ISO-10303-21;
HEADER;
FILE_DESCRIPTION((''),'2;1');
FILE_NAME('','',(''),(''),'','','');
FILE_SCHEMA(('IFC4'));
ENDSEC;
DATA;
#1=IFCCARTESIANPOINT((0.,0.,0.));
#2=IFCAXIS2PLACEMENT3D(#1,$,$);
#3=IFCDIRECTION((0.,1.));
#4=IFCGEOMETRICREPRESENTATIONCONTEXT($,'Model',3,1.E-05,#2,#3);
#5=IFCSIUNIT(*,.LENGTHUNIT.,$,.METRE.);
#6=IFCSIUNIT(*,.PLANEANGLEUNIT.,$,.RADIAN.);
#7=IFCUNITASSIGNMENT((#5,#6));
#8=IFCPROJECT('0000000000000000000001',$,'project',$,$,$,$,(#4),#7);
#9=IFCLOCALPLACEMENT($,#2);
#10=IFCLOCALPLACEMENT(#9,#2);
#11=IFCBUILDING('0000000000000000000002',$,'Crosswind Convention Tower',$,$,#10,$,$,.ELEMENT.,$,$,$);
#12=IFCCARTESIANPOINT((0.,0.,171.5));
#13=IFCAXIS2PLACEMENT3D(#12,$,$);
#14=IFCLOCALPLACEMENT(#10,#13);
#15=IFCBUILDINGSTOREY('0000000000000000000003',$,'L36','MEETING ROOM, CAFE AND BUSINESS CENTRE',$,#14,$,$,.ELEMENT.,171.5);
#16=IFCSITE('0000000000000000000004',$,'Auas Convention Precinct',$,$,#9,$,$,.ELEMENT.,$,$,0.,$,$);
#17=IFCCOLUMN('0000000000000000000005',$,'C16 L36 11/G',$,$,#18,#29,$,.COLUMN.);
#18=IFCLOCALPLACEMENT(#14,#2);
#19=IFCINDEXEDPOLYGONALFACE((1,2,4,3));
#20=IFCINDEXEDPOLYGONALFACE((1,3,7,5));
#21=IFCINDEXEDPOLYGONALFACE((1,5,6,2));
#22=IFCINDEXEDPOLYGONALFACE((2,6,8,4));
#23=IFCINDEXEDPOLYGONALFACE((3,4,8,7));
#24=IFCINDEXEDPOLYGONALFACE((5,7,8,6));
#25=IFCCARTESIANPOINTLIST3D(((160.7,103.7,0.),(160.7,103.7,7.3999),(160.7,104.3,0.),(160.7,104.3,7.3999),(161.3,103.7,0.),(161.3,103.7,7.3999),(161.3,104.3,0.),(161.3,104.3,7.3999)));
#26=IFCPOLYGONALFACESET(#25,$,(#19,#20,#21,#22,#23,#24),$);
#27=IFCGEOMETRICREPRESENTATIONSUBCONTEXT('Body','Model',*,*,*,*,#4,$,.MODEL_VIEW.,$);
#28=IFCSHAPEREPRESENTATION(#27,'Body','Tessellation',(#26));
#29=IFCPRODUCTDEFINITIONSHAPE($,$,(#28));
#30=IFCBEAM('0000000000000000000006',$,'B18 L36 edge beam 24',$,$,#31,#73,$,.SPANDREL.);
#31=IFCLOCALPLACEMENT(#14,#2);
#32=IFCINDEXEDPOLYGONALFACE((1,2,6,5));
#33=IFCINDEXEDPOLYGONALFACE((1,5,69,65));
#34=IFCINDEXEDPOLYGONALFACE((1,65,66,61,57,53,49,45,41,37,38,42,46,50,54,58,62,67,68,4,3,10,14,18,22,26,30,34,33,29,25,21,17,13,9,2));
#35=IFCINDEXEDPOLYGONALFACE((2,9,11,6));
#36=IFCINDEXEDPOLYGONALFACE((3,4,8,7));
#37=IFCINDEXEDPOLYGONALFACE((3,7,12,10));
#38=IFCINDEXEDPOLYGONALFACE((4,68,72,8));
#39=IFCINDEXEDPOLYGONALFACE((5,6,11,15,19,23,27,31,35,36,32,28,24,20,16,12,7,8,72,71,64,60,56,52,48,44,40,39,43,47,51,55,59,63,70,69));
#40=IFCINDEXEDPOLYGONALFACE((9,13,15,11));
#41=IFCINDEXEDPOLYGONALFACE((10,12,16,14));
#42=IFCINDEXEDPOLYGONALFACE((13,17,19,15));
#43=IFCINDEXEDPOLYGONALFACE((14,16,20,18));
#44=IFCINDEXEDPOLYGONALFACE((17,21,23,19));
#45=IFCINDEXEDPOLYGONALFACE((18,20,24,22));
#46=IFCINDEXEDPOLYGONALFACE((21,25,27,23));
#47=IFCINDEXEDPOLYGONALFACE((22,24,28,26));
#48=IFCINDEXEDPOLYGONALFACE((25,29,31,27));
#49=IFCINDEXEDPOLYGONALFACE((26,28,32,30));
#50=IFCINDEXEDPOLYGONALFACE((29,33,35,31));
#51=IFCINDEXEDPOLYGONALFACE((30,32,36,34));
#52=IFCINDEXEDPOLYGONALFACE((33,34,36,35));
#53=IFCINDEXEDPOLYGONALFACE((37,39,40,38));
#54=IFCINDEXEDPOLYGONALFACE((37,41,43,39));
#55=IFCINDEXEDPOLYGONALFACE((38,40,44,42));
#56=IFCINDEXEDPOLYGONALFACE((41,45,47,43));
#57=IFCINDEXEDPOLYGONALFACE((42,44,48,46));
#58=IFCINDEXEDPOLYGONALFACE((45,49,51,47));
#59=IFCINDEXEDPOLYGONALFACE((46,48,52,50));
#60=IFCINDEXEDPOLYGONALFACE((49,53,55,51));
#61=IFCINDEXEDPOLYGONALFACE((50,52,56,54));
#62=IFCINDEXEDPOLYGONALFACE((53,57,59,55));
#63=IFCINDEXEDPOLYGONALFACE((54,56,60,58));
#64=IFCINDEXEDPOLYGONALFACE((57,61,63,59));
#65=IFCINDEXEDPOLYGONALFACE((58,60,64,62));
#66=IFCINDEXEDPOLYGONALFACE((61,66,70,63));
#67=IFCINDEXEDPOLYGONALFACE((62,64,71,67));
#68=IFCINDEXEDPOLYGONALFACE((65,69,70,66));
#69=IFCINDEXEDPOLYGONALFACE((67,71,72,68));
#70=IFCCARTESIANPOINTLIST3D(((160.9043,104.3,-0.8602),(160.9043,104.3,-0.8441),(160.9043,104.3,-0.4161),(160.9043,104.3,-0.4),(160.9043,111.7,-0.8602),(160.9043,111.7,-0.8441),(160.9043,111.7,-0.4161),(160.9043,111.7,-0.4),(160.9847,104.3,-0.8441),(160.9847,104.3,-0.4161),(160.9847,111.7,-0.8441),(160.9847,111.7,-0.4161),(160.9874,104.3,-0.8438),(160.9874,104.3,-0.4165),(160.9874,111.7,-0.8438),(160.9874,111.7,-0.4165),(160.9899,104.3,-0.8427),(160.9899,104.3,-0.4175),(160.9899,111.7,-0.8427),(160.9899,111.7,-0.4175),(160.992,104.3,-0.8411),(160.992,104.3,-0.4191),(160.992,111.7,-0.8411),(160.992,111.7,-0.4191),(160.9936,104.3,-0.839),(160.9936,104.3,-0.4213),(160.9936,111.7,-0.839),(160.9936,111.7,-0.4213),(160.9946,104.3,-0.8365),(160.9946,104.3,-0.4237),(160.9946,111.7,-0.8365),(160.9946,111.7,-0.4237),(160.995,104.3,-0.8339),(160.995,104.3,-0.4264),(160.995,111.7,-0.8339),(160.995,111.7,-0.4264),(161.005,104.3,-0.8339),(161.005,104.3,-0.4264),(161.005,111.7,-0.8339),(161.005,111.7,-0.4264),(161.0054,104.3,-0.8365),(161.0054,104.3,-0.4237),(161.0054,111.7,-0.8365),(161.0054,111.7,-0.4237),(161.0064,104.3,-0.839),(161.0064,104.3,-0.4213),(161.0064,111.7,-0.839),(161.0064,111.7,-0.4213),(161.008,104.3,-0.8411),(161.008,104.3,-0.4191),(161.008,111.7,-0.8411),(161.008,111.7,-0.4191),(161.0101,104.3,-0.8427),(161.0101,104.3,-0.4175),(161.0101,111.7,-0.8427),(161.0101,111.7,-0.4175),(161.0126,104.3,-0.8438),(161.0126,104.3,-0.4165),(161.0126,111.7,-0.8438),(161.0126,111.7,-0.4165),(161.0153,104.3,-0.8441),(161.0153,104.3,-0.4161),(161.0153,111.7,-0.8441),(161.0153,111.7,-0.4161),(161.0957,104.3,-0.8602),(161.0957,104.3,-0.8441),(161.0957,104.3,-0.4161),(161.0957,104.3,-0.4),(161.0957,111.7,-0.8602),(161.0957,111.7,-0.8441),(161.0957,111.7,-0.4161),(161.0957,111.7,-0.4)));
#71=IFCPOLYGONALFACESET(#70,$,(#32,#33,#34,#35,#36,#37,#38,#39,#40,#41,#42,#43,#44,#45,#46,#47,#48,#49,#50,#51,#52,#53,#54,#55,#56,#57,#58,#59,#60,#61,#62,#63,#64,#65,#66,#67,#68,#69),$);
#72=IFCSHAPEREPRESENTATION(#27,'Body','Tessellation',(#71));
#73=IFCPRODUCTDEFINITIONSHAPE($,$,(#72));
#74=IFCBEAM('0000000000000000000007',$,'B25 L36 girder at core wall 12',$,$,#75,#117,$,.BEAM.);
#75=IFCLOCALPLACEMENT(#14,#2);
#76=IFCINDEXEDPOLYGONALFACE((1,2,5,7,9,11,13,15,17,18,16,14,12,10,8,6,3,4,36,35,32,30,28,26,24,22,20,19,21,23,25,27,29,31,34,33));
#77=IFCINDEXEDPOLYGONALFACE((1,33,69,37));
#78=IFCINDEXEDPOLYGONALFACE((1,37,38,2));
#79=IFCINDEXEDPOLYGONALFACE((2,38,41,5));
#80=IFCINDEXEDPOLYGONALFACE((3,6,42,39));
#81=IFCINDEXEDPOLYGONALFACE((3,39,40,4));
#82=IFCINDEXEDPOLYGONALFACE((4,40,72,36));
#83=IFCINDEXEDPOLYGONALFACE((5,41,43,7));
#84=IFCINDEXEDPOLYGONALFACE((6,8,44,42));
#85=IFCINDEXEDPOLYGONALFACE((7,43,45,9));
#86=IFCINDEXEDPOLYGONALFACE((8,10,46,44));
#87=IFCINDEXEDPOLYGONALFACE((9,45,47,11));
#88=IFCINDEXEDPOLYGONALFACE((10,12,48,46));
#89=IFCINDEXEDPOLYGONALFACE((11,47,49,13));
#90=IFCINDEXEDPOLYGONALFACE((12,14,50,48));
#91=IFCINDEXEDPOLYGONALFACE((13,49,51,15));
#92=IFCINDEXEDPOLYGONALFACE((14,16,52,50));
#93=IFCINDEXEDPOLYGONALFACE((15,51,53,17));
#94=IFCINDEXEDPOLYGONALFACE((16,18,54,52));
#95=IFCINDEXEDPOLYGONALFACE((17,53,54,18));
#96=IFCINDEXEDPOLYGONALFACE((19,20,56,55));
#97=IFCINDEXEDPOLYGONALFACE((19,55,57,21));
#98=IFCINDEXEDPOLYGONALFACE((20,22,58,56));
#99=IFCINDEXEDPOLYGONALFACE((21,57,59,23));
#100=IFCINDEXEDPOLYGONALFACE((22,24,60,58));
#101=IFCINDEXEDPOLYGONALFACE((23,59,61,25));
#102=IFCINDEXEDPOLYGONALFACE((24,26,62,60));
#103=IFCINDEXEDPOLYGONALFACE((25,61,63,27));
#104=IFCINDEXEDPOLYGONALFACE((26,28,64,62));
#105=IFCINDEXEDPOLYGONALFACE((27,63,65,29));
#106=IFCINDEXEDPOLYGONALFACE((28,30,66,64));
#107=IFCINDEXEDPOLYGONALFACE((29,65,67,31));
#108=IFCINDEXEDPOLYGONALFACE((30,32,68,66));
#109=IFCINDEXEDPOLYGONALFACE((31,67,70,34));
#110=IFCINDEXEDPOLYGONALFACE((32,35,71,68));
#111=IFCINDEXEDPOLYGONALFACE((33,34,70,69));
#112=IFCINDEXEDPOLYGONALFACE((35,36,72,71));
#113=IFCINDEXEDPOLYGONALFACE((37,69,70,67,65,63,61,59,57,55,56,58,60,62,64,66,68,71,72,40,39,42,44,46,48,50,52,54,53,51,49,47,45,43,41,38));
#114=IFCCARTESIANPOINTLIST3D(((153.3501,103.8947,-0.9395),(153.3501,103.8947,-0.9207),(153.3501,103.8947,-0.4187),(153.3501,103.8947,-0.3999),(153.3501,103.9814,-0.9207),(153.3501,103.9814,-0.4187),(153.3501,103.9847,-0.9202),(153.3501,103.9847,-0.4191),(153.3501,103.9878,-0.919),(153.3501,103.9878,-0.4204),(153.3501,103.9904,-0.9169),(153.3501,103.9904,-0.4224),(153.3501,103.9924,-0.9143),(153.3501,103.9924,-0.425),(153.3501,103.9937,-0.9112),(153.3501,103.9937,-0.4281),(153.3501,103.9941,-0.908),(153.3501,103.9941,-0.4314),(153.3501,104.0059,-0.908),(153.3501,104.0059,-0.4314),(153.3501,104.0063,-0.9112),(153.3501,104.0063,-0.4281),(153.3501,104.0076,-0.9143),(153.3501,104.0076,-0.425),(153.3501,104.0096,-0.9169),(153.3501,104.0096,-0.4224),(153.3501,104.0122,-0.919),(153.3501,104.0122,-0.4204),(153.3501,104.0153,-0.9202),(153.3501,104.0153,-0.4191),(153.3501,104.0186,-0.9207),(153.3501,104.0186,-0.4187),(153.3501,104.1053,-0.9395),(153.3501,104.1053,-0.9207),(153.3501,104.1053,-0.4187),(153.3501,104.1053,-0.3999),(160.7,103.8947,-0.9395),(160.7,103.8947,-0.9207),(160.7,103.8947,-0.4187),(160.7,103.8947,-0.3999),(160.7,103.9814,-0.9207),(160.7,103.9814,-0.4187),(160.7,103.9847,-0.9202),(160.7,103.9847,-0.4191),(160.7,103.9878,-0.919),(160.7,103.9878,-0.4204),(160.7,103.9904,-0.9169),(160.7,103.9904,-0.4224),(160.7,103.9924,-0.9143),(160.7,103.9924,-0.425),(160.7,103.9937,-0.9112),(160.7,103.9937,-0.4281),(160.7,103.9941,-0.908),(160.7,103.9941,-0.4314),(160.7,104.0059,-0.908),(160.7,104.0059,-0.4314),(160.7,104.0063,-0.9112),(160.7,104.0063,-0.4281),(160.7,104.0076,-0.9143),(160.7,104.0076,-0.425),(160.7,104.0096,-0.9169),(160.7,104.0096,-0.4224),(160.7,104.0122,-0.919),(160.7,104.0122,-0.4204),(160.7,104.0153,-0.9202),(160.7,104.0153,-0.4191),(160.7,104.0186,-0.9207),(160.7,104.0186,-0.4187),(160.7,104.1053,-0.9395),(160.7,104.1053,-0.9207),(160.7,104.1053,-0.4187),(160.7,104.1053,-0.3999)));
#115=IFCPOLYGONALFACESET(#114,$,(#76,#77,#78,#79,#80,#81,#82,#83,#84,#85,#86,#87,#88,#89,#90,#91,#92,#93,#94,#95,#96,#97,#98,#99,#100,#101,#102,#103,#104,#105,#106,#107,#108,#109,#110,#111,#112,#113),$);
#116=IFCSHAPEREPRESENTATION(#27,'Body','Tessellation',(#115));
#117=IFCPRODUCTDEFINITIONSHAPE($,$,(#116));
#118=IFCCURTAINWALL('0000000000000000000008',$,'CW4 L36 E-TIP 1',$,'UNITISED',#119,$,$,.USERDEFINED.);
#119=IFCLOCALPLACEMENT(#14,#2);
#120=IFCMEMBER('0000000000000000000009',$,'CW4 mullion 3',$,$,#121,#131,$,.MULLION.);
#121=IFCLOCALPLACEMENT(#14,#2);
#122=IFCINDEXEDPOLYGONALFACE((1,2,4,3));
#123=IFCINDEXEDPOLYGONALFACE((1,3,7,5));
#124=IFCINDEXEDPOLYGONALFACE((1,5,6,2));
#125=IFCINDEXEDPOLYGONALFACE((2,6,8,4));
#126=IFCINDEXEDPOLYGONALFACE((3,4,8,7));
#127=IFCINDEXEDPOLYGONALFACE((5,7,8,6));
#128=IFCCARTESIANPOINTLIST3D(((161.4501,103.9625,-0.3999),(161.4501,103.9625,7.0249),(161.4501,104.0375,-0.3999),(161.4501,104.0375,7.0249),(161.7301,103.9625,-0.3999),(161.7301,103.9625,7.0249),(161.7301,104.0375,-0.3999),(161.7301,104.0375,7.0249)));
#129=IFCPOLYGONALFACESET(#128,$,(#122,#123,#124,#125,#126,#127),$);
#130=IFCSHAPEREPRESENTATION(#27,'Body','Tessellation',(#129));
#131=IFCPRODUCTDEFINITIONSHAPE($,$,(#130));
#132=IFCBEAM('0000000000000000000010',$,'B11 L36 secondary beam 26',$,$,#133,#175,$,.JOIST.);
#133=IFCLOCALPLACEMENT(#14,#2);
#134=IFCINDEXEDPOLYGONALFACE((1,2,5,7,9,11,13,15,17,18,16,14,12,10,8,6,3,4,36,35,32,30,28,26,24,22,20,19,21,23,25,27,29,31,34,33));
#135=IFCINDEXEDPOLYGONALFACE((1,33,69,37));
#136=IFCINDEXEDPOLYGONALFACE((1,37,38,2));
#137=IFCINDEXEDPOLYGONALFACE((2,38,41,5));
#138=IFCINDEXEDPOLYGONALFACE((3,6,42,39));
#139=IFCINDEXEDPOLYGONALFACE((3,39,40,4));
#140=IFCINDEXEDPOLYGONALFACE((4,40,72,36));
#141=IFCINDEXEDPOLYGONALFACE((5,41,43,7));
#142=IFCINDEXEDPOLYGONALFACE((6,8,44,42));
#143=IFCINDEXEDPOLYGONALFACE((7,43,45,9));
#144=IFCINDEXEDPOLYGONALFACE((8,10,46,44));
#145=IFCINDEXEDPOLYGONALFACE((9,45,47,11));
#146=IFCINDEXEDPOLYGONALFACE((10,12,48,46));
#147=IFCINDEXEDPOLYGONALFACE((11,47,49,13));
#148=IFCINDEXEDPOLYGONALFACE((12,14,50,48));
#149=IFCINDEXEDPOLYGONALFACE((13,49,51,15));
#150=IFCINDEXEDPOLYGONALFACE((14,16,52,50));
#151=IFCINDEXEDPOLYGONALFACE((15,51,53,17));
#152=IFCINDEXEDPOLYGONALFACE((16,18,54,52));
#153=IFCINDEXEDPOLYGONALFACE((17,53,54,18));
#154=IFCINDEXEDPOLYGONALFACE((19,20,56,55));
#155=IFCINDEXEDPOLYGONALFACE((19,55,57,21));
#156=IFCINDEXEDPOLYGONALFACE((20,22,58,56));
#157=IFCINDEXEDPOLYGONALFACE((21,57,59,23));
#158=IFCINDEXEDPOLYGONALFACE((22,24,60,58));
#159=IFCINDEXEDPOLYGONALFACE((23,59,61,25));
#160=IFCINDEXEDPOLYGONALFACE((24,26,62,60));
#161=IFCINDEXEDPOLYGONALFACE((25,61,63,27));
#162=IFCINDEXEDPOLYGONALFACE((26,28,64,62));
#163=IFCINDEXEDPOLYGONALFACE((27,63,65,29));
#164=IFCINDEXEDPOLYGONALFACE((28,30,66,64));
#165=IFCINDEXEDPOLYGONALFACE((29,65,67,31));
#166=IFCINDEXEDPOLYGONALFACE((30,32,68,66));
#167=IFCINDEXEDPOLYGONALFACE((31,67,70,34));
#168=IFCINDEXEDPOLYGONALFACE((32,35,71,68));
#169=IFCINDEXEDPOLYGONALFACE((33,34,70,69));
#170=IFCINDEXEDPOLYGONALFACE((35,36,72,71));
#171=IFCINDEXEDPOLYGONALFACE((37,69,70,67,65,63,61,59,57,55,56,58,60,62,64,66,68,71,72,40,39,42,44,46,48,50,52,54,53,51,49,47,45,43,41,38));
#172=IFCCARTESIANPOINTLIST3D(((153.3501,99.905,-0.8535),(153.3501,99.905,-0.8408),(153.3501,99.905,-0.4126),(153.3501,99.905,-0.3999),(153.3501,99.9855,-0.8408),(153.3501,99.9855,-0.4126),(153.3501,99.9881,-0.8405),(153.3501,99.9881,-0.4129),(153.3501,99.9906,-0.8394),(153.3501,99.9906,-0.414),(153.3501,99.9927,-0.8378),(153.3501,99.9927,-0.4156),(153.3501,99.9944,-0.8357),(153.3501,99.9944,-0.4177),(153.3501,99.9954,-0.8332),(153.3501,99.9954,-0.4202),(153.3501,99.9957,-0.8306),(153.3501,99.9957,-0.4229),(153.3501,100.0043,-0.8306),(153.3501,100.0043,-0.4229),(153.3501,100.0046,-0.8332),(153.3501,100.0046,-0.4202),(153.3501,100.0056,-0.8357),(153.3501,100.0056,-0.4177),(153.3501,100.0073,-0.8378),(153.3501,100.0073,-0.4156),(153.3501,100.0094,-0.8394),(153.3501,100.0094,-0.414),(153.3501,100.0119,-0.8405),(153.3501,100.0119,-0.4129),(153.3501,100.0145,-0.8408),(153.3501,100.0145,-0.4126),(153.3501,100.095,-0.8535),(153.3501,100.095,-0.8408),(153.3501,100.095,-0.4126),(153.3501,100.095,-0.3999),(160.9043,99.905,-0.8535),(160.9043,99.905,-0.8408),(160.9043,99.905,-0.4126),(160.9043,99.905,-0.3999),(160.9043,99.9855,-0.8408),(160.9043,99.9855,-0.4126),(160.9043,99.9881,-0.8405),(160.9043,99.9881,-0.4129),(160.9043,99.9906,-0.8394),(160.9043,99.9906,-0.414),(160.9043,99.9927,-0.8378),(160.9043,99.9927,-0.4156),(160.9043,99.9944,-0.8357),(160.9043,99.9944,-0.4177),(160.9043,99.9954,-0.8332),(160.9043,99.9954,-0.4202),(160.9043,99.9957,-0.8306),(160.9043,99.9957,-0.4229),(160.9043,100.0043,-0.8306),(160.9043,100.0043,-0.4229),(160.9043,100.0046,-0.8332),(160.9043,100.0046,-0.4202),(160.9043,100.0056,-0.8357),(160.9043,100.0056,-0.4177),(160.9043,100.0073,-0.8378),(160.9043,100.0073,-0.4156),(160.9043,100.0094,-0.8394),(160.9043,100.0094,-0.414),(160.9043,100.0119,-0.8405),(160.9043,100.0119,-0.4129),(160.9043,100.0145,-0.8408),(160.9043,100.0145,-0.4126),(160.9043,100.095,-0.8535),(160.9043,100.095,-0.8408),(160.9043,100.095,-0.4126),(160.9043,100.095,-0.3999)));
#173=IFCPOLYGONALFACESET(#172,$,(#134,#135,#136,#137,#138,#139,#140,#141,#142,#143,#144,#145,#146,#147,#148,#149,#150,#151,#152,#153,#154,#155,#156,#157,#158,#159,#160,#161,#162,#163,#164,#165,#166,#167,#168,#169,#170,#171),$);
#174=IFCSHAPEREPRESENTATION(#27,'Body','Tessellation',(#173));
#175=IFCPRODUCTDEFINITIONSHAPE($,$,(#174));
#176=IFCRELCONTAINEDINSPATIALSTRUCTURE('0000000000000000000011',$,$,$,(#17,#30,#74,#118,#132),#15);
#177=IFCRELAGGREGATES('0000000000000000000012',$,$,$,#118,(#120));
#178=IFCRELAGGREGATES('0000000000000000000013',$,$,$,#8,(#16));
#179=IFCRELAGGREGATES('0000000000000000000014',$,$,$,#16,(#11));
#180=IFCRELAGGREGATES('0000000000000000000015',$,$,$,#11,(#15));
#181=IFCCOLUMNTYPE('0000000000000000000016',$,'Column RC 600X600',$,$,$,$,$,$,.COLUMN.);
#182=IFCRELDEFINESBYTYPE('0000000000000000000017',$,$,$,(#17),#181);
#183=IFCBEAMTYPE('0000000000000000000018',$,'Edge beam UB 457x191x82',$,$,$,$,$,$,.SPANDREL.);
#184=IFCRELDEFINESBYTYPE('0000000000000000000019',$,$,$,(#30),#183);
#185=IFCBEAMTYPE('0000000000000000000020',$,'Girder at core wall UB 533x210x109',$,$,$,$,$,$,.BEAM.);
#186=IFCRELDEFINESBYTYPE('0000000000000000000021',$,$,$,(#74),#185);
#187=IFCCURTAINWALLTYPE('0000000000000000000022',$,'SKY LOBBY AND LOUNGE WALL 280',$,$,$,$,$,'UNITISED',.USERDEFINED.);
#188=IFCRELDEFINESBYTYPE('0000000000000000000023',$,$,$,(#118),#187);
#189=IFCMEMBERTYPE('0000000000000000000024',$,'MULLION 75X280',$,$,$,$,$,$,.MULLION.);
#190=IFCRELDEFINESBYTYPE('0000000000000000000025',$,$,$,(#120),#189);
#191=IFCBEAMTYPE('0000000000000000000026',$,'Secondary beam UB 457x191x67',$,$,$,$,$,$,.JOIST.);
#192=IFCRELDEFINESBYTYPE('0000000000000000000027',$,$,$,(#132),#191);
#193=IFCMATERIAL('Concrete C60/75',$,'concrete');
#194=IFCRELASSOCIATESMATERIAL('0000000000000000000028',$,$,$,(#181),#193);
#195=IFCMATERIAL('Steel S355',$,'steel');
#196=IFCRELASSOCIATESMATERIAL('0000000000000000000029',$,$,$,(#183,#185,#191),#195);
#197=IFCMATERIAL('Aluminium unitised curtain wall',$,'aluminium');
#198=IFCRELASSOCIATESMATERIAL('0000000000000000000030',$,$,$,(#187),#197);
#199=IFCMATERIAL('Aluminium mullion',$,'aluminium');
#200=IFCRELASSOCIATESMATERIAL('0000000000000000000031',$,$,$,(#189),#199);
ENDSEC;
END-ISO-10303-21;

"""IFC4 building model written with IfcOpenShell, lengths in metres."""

from ifc_helpers import new_model, si_unit, direction, frame, origin, origin_2d, place, context, subcontext, project, spatial, rectangle, i_section, extrude, material, material_profile, profile_set, type_object, element, aggregate, save


model = new_model("IFC4")

# Units and contexts
model_context = context("Model", 3, precision=1e-05, world=origin(), true_north=direction((0.0, 1.0)))
body_context = subcontext(model_context, "Body", "Model", "MODEL_VIEW")
ifc_project = project(units=[si_unit("LENGTHUNIT", "METRE"), si_unit("PLANEANGLEUNIT", "RADIAN")], contexts=[model_context])

# Site, building, storey
site_placement = place(None, origin())
site = spatial("IfcSite", under=ifc_project, at=site_placement, Name="Auas Convention Precinct", CompositionType="ELEMENT", RefElevation=0.0)
building_placement = place(site_placement, origin())
building = spatial("IfcBuilding", under=site, at=building_placement, Name="Crosswind Convention Tower", CompositionType="ELEMENT")
storey_placement = place(building_placement, frame((0.0, 0.0, 171.5)))
storey = spatial("IfcBuildingStorey", under=building, at=storey_placement, Name="L36", Description="MEETING ROOM, CAFE AND BUSINESS CENTRE", CompositionType="ELEMENT", Elevation=171.5)

# Column
ifc_material_1 = material(Name="Concrete C60/75", Category="concrete")
ifc_material_profile_1 = material_profile(ifc_material_1, rectangle(XDim=0.6001, YDim=0.6001, at=origin_2d()), Name="RC 600X600")
ifc_profile_set_1 = profile_set([ifc_material_profile_1], Name="Concrete C60/75")
column_type = type_object("IfcColumnType", Name="Column RC 600X600", PredefinedType="COLUMN", material=ifc_profile_set_1)
column_placement = place(storey_placement, frame((161.0, 104.0, 0.0), z_axis=(0.0, 0.0, 1.0), x_axis=(1.0, 0.0, 0.0)))
element("IfcColumn", 1, at=column_placement, inside=storey, type_object=column_type, Name="C16 L36 11/G", PredefinedType="COLUMN", context=body_context, shape_type="SweptSolid", body=[
    extrude(rectangle(XDim=0.6001, YDim=0.6001, at=origin_2d()), origin(), (0.0, 0.0, 1.0), 7.3999),
])

# Beams
ifc_material_2 = material(Name="Steel S355", Category="steel")
ifc_material_profile_2 = material_profile(ifc_material_2, i_section(OverallWidth=0.1914, OverallDepth=0.4602, WebThickness=0.01, FlangeThickness=0.0161, FilletRadius=0.0103, at=origin_2d()), Name="UB 457x191x82")
ifc_profile_set_2 = profile_set([ifc_material_profile_2], Name="Steel S355")
beam_type_1 = type_object("IfcBeamType", Name="Edge beam UB 457x191x82", PredefinedType="SPANDREL", material=ifc_profile_set_2)
beam_1_placement = place(storey_placement, frame((161.0, 104.3, -0.6301), z_axis=(0.0, 1.0, 0.0), x_axis=(-1.0, 0.0, 0.0)))
element("IfcBeam", 2, at=beam_1_placement, inside=storey, type_object=beam_type_1, Name="B18 L36 edge beam 24", PredefinedType="SPANDREL", context=body_context, shape_type="SweptSolid", body=[
    extrude(i_section(OverallWidth=0.1914, OverallDepth=0.4602, WebThickness=0.01, FlangeThickness=0.0161, FilletRadius=0.0103, at=origin_2d()), origin(), (0.0, 0.0, 1.0), 7.3999),
])
ifc_material_profile_3 = material_profile(ifc_material_2, i_section(OverallWidth=0.2107, OverallDepth=0.5396, WebThickness=0.0117, FlangeThickness=0.0188, FilletRadius=0.0127, at=origin_2d()), Name="UB 533x210x109")
ifc_profile_set_3 = profile_set([ifc_material_profile_3], Name="Steel S355")
beam_type_2 = type_object("IfcBeamType", Name="Girder at core wall UB 533x210x109", PredefinedType="BEAM", material=ifc_profile_set_3)
beam_2_placement = place(storey_placement, frame((153.3501, 104.0, -0.6697), z_axis=(1.0, 0.0, 0.0), x_axis=(0.0, 1.0, 0.0)))
element("IfcBeam", 3, at=beam_2_placement, inside=storey, type_object=beam_type_2, Name="B25 L36 girder at core wall 12", PredefinedType="BEAM", context=body_context, shape_type="SweptSolid", body=[
    extrude(i_section(OverallWidth=0.2107, OverallDepth=0.5396, WebThickness=0.0117, FlangeThickness=0.0188, FilletRadius=0.0127, at=origin_2d()), origin(), (0.0, 0.0, 1.0), 7.3499),
])

# Curtain wall, member
ifc_material_3 = material(Name="Aluminium unitised curtain wall", Category="aluminium")
curtain_wall_type = type_object("IfcCurtainWallType", Name="SKY LOBBY AND LOUNGE WALL 280", ElementType="UNITISED", PredefinedType="USERDEFINED", material=ifc_material_3)
curtain_wall_placement = place(storey_placement, origin())
curtain_wall = element("IfcCurtainWall", 4, at=curtain_wall_placement, inside=storey, type_object=curtain_wall_type, Name="CW4 L36 E-TIP 1", ObjectType="UNITISED", PredefinedType="USERDEFINED")
ifc_material_4 = material(Name="Aluminium mullion", Category="aluminium")
ifc_material_profile_4 = material_profile(ifc_material_4, rectangle(XDim=0.28, YDim=0.075, at=origin_2d()), Name="AL 280X75")
ifc_profile_set_4 = profile_set([ifc_material_profile_4], Name="Aluminium mullion")
member_type = type_object("IfcMemberType", Name="MULLION 75X280", PredefinedType="MULLION", material=ifc_profile_set_4)
member_placement = place(storey_placement, frame((161.5901, 104.0, -0.3999), z_axis=(0.0, 0.0, 1.0), x_axis=(1.0, 0.0, 0.0)))
member = element("IfcMember", 5, at=member_placement, type_object=member_type, Name="CW4 mullion 3", PredefinedType="MULLION", context=body_context, shape_type="SweptSolid", body=[
    extrude(rectangle(XDim=0.28, YDim=0.075, at=origin_2d()), origin(), (0.0, 0.0, 1.0), 7.4248),
])

# Beam
ifc_material_profile_5 = material_profile(ifc_material_2, i_section(OverallWidth=0.1899, OverallDepth=0.4536, WebThickness=0.0085, FlangeThickness=0.0127, FilletRadius=0.0103, at=origin_2d()), Name="UB 457x191x67")
ifc_profile_set_5 = profile_set([ifc_material_profile_5], Name="Steel S355")
beam_type_3 = type_object("IfcBeamType", Name="Secondary beam UB 457x191x67", PredefinedType="JOIST", material=ifc_profile_set_5)
for number, where, z_axis, x_axis, name in (
    (6, (153.3501, 100.0, -0.6267), (1.0, 0.0, 0.0), (0.0, 1.0, 0.0), "B11 L36 secondary beam 26"),
):
    element("IfcBeam", number, at=place(storey_placement, frame(where, z_axis=z_axis, x_axis=x_axis)), inside=storey, type_object=beam_type_3, Name=name, PredefinedType="JOIST", context=body_context, shape_type="SweptSolid", body=[
        extrude(i_section(OverallWidth=0.1899, OverallDepth=0.4536, WebThickness=0.0085, FlangeThickness=0.0127, FilletRadius=0.0103, at=origin_2d()), origin(), (0.0, 0.0, 1.0), 7.5542),
    ])

aggregate(curtain_wall, [member])

save(model, "model.ifc")
